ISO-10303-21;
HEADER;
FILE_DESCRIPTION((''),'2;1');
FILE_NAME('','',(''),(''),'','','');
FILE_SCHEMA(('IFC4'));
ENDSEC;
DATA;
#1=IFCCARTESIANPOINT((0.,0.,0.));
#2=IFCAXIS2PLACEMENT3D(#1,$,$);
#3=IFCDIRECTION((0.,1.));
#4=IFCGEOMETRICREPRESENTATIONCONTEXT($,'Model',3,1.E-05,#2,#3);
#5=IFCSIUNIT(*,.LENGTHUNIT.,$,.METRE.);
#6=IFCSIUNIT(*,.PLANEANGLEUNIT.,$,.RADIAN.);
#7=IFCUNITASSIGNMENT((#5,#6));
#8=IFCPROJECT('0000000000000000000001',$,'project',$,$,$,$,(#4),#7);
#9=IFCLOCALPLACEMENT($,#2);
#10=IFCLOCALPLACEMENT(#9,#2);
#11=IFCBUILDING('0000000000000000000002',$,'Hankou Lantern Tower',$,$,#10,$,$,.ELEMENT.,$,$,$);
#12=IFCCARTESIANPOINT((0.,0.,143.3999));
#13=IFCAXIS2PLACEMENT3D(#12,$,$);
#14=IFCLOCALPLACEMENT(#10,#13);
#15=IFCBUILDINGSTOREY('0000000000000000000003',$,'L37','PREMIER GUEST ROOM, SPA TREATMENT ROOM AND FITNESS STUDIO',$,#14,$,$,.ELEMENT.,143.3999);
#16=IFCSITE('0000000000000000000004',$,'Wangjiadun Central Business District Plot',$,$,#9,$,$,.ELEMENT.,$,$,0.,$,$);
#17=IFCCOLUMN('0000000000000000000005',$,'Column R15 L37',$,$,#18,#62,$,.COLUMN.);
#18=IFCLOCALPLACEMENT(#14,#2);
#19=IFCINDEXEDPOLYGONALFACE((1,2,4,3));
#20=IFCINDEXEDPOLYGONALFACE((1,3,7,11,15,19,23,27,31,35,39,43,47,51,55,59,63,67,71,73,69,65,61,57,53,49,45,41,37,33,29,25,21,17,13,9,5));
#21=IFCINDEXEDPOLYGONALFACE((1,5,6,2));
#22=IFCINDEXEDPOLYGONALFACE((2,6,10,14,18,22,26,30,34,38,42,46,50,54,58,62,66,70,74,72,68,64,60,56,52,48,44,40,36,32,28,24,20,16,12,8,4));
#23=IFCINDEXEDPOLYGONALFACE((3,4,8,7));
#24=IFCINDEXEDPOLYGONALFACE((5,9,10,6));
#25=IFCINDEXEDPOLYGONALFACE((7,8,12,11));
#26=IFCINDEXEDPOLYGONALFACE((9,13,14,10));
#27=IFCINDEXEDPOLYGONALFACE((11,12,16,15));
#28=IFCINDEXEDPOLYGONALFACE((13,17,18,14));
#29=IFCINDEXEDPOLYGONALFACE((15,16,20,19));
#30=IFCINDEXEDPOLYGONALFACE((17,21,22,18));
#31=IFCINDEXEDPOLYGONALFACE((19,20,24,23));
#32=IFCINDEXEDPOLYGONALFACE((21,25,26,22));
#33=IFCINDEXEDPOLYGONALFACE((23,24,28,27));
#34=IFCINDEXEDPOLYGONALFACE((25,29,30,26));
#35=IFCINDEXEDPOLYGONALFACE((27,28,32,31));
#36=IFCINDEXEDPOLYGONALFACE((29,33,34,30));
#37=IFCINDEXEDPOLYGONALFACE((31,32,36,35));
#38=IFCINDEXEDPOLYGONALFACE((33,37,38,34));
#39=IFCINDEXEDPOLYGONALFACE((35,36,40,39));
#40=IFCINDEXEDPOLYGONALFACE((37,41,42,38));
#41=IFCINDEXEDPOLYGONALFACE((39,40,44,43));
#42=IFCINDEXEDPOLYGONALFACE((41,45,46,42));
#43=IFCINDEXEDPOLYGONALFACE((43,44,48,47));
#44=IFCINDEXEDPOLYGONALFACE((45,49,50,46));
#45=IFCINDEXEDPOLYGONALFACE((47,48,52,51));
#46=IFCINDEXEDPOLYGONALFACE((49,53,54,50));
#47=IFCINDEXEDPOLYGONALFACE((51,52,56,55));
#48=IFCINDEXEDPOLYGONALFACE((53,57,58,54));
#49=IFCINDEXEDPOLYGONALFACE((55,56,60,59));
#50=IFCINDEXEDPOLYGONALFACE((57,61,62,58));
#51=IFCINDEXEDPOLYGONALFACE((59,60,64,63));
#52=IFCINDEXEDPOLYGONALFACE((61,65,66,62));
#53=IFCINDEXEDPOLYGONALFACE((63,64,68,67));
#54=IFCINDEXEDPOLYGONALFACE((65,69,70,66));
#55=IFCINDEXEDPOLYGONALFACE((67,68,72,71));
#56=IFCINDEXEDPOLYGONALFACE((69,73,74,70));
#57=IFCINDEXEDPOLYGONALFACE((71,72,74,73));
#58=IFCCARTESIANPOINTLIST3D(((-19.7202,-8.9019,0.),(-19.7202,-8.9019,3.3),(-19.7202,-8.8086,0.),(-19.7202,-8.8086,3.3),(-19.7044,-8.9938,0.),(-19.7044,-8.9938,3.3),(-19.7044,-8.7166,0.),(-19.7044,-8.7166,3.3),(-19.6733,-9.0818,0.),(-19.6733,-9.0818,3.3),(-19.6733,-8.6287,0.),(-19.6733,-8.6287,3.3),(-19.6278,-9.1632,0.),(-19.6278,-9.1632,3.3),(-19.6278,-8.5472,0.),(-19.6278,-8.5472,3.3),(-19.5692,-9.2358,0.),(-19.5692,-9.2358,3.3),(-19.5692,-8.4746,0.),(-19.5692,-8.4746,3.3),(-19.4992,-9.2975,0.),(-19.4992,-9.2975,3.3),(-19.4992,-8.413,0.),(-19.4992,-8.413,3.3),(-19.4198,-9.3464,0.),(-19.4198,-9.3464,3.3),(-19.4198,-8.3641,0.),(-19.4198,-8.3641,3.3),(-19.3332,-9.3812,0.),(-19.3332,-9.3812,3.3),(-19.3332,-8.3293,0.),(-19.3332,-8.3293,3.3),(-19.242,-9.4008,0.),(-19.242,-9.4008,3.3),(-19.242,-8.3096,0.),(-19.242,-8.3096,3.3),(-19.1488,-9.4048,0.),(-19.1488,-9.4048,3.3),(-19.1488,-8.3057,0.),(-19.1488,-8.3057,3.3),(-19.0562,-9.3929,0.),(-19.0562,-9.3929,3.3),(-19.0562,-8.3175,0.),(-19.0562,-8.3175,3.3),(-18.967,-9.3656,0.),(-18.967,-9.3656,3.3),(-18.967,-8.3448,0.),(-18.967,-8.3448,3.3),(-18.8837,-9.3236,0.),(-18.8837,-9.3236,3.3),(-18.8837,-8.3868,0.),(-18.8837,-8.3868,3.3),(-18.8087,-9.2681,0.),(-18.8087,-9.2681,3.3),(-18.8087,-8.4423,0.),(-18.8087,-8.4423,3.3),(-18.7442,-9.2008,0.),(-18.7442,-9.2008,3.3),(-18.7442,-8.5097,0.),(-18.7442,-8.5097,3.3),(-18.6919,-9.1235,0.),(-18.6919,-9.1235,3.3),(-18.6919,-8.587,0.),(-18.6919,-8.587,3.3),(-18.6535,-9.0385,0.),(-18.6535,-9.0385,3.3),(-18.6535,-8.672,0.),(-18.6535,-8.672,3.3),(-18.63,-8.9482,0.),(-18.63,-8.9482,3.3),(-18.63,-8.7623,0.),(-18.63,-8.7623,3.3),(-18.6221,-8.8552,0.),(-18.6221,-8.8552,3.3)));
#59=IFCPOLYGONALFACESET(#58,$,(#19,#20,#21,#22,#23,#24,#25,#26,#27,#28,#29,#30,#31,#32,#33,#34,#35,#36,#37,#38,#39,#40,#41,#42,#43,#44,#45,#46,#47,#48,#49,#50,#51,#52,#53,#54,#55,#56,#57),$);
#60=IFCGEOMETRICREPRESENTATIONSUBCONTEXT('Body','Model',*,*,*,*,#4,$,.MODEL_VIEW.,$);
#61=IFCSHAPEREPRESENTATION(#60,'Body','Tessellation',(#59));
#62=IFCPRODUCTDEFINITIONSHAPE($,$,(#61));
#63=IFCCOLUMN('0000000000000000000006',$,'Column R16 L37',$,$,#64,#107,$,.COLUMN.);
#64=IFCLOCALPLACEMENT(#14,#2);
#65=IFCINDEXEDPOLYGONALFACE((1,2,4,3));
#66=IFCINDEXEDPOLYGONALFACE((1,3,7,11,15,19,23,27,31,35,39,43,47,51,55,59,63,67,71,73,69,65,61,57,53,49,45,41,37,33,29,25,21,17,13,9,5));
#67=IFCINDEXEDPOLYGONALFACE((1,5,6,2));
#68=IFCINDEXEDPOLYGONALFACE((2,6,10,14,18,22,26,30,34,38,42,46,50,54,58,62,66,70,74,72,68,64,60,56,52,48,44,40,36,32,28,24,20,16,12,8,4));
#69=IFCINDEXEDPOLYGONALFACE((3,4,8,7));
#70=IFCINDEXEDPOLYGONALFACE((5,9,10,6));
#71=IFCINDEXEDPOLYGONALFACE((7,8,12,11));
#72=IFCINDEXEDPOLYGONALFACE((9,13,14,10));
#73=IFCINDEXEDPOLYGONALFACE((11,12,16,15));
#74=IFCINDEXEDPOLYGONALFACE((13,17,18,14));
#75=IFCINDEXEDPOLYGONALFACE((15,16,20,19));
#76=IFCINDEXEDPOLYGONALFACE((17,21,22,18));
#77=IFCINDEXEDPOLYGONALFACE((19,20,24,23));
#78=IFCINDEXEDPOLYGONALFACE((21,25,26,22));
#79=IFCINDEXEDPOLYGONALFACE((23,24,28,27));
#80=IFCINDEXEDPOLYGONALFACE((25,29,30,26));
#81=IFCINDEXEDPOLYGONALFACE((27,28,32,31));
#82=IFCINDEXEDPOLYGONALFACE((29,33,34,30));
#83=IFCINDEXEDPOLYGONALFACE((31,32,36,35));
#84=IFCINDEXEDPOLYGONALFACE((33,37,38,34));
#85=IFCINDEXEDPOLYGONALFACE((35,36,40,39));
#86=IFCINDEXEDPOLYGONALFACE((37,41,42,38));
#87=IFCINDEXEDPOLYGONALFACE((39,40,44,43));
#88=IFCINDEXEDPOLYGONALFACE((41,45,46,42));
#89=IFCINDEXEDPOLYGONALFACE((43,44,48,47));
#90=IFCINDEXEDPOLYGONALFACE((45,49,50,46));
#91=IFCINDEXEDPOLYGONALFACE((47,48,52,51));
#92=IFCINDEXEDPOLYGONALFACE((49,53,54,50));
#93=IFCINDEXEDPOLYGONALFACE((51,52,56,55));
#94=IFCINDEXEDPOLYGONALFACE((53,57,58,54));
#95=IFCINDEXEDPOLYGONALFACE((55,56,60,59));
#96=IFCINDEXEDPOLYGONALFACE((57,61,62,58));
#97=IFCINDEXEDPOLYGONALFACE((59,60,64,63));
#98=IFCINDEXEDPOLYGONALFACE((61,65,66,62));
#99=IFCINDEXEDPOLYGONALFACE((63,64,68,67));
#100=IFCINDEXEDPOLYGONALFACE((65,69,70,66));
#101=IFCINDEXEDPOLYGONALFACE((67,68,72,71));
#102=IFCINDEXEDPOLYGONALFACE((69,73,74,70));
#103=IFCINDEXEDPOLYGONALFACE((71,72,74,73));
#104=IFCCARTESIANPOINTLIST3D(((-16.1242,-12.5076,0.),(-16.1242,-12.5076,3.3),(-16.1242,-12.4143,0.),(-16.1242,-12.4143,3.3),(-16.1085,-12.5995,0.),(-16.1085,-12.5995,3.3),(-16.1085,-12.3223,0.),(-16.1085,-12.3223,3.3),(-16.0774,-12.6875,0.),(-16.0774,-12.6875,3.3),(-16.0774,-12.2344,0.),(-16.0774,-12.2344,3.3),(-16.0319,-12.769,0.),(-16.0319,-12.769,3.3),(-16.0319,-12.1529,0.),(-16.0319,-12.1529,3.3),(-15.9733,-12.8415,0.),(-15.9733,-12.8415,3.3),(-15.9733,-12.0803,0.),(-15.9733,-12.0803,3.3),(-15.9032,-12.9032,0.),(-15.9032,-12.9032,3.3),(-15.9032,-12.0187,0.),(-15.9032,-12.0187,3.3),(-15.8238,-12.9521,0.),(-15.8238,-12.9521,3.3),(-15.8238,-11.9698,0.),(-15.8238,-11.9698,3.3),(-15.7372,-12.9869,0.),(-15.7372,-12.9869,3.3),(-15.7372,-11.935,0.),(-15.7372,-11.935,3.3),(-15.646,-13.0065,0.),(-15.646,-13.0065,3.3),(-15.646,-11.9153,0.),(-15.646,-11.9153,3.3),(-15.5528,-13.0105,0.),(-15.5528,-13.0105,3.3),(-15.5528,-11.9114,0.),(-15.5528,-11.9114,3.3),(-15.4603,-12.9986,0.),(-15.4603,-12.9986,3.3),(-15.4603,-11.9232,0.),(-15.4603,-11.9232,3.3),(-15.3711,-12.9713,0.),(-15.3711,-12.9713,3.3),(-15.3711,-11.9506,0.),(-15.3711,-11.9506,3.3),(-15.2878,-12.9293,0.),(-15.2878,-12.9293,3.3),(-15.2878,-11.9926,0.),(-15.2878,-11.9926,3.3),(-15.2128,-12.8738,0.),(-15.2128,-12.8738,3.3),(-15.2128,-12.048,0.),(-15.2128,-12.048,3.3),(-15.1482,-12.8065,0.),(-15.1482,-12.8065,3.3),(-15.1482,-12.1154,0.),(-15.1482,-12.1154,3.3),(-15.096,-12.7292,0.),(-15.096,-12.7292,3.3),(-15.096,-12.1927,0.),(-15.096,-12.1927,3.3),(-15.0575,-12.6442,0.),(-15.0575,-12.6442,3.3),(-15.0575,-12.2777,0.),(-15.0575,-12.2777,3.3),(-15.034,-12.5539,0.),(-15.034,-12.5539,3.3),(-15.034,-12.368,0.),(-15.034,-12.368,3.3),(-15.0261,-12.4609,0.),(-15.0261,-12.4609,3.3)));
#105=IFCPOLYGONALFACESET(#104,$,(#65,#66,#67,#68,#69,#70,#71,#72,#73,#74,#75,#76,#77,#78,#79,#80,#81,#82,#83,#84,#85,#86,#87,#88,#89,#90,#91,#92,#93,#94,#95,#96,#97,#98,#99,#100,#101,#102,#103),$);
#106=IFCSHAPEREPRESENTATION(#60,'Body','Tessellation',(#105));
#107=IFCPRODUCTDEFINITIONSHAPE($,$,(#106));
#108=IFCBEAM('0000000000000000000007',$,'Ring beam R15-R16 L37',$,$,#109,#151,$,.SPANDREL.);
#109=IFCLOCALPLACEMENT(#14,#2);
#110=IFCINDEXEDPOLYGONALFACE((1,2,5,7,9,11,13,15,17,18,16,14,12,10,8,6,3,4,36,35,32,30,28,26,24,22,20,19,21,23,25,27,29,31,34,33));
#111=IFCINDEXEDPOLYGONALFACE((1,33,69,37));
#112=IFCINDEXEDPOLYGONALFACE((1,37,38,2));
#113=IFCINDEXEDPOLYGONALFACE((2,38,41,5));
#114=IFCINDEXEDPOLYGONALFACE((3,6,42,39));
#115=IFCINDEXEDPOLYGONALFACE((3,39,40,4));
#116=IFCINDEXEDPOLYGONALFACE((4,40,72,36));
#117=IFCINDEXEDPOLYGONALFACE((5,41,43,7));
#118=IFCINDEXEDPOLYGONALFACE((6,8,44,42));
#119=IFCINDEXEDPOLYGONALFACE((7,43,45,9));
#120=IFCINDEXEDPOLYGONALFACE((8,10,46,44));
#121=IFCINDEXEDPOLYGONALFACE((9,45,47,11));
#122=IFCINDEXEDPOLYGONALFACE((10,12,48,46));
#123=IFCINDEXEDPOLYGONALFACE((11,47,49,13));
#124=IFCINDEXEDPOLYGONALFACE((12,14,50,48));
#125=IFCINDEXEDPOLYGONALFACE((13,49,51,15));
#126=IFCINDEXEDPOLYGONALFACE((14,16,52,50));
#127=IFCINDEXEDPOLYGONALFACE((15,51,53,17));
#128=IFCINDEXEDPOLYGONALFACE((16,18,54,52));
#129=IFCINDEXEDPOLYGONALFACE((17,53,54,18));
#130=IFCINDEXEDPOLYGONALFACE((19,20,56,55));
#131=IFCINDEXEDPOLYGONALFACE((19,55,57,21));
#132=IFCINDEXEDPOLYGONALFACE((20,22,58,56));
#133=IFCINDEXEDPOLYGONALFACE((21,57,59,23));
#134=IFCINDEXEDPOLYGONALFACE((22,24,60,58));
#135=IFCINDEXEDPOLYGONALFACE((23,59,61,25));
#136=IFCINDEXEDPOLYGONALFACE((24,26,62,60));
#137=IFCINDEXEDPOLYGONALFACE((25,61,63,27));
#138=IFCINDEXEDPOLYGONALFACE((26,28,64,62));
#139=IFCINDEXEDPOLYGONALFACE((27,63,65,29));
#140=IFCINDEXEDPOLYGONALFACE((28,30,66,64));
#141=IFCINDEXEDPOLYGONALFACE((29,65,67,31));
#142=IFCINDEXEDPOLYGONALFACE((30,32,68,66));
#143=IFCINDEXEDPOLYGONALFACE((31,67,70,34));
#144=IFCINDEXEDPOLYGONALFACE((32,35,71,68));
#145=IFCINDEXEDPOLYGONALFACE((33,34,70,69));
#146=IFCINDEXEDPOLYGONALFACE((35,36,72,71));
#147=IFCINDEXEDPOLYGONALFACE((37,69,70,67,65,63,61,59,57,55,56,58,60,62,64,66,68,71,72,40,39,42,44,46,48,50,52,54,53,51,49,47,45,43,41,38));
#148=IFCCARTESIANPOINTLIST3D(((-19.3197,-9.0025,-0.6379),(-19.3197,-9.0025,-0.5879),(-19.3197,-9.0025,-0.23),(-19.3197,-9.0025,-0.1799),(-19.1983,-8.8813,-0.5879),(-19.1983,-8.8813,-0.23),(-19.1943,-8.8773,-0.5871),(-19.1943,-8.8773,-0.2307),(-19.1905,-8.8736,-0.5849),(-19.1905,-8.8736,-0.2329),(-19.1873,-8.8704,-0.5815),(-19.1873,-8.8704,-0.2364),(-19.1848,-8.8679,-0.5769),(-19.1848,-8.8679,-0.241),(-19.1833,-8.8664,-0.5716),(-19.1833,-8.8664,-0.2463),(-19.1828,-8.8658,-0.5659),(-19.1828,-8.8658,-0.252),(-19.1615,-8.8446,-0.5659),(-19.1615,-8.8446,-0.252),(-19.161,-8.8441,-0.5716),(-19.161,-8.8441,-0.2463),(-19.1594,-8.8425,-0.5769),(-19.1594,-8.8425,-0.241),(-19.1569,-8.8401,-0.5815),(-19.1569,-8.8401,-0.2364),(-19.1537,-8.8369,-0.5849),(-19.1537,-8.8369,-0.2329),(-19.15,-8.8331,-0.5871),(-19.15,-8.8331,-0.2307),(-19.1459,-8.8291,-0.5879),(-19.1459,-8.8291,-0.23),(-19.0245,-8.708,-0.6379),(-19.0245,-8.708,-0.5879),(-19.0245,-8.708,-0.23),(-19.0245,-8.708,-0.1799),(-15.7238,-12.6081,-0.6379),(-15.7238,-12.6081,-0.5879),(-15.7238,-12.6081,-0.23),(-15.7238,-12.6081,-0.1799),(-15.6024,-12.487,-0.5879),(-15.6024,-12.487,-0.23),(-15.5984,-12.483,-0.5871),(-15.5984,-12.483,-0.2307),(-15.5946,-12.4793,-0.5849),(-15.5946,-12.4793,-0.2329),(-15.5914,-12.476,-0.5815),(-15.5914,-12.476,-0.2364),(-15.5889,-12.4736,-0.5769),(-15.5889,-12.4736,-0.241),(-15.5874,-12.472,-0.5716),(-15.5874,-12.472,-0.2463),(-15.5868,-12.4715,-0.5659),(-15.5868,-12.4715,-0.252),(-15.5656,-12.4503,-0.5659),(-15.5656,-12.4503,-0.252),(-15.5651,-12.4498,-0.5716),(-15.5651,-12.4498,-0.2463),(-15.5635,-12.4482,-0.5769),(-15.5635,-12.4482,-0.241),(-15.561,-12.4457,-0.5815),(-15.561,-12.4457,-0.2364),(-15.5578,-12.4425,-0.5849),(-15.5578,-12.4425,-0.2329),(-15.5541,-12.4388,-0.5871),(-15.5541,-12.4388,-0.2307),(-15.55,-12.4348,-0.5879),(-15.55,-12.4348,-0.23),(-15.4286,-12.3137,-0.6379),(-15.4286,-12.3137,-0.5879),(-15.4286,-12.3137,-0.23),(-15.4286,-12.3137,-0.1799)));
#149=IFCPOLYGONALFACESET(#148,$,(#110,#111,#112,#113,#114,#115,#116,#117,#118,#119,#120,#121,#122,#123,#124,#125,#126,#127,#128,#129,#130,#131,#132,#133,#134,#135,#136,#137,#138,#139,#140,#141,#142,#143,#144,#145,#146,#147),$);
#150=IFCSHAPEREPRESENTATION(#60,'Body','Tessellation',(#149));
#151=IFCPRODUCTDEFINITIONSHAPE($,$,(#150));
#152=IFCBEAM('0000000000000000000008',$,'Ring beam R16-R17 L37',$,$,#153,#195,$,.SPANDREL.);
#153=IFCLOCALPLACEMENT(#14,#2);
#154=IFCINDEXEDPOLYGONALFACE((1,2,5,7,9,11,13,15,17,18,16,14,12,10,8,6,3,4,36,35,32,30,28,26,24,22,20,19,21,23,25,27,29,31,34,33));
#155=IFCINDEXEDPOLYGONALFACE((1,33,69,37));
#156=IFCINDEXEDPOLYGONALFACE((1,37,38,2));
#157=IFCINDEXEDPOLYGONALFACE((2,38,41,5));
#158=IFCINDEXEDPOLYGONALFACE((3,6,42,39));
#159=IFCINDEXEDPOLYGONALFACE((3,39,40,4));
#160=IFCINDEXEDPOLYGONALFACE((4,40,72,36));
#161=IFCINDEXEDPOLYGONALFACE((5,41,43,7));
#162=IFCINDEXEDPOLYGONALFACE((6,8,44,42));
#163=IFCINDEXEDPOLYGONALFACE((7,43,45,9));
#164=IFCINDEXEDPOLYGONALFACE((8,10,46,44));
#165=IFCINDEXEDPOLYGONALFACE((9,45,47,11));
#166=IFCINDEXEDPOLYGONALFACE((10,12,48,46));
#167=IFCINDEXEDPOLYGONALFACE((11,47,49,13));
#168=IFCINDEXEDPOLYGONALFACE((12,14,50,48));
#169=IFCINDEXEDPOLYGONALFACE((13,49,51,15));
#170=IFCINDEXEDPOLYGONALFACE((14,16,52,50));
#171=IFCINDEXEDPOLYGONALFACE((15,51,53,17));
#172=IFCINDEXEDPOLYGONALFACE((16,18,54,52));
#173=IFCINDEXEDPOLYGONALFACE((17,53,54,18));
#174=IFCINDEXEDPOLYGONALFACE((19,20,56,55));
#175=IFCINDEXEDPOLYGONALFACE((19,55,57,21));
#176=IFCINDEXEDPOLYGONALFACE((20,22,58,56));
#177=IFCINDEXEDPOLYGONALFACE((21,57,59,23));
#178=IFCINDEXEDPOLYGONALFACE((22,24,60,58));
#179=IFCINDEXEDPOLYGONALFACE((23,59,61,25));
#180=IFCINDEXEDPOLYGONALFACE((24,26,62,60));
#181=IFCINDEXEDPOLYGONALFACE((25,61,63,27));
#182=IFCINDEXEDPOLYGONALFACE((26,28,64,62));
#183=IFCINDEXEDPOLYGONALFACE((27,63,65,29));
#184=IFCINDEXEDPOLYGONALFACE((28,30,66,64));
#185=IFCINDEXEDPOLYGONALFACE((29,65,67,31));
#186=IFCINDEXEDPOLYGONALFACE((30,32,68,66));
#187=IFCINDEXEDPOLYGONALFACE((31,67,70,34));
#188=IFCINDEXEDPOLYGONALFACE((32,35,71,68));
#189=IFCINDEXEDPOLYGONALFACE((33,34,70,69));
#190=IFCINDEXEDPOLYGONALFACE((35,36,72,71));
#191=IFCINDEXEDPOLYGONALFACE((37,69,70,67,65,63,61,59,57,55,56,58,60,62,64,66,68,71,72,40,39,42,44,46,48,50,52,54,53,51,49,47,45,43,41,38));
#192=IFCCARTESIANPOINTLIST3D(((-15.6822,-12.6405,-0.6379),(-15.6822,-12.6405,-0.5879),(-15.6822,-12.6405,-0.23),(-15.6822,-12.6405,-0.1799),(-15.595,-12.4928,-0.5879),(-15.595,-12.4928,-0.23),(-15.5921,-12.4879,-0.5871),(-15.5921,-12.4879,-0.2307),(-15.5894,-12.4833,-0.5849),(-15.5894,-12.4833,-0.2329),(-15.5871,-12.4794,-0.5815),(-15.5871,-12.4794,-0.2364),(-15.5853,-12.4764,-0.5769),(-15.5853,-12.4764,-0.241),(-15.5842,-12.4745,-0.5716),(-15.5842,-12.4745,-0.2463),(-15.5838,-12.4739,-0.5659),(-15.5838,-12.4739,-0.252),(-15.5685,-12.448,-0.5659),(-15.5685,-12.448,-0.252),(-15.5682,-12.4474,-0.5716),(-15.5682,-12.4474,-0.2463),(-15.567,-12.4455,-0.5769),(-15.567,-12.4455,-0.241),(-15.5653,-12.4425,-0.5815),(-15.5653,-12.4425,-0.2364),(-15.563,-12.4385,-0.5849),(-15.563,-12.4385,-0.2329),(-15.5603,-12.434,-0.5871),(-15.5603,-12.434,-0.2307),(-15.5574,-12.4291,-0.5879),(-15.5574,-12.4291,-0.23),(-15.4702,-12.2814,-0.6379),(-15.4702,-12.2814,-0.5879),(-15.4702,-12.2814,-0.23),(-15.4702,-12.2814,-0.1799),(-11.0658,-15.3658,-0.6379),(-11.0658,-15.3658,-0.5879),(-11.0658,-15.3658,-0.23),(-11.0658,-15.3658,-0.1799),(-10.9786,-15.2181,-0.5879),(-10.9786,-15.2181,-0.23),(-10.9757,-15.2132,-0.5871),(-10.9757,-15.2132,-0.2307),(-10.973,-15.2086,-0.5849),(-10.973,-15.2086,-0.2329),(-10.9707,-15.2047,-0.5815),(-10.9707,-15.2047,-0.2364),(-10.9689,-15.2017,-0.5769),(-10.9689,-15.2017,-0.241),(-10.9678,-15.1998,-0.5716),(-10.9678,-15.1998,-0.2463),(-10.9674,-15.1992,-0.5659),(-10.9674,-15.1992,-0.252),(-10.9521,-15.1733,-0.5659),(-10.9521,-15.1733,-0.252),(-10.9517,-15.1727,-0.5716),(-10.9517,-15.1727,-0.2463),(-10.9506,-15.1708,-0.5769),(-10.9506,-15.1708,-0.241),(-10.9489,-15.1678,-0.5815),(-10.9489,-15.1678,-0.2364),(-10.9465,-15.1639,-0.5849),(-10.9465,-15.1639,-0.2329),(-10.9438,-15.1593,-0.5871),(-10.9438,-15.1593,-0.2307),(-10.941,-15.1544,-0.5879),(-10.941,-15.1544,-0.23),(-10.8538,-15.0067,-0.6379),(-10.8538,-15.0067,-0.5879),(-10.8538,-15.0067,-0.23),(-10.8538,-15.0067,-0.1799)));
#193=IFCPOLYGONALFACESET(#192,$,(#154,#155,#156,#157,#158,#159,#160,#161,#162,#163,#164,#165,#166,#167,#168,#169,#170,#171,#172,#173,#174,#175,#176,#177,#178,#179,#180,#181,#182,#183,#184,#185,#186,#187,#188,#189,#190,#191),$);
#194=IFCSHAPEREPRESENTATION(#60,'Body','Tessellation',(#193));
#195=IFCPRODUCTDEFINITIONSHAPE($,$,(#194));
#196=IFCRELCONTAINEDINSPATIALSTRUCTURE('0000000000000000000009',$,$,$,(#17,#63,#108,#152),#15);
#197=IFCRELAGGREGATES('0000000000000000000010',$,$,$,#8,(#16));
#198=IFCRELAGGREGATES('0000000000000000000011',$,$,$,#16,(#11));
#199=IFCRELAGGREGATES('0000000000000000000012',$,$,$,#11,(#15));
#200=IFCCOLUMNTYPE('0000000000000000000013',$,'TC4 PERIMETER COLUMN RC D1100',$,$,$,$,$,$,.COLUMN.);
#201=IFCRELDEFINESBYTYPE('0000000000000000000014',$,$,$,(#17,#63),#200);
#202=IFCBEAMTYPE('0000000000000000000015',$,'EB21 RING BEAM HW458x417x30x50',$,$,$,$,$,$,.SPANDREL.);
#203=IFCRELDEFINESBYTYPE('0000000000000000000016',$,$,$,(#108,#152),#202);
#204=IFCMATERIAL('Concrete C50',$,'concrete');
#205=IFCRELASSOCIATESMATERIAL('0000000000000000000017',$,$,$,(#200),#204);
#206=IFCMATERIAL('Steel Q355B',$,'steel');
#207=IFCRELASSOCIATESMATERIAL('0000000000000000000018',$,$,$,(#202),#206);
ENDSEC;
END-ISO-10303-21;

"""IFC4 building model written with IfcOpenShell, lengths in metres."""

from ifc_helpers import new_model, si_unit, direction, frame, origin, origin_2d, place, context, subcontext, project, spatial, circle, i_section, extrude, material, material_profile, profile_set, type_object, element, save


model = new_model("IFC4")

# Units and contexts
model_context = context("Model", 3, precision=1e-05, world=origin(), true_north=direction((0.0, 1.0)))
body_context = subcontext(model_context, "Body", "Model", "MODEL_VIEW")
ifc_project = project(units=[si_unit("LENGTHUNIT", "METRE"), si_unit("PLANEANGLEUNIT", "RADIAN")], contexts=[model_context])

# Site, building, storey
site_placement = place(None, origin())
site = spatial("IfcSite", under=ifc_project, at=site_placement, Name="Wangjiadun Central Business District Plot", CompositionType="ELEMENT", RefElevation=0.0)
building_placement = place(site_placement, origin())
building = spatial("IfcBuilding", under=site, at=building_placement, Name="Hankou Lantern Tower", CompositionType="ELEMENT")
storey_placement = place(building_placement, frame((0.0, 0.0, 143.3999)))
storey = spatial("IfcBuildingStorey", under=building, at=storey_placement, Name="L37", Description="PREMIER GUEST ROOM, SPA TREATMENT ROOM AND FITNESS STUDIO", CompositionType="ELEMENT", Elevation=143.3999)

# Columns
ifc_material_1 = material(Name="Concrete C50", Category="concrete")
ifc_material_profile_1 = material_profile(ifc_material_1, circle(Radius=0.55, at=origin_2d()), Name="RC D1100")
ifc_profile_set_1 = profile_set([ifc_material_profile_1], Name="Concrete C50")
column_type = type_object("IfcColumnType", Name="TC4 PERIMETER COLUMN RC D1100", PredefinedType="COLUMN", material=ifc_profile_set_1)
for number, where, z_axis, x_axis, name in (
    (1, (-19.1721, -8.8552, 0.0), (0.0, 0.0, 1.0), (1.0, 0.0, 0.0), "Column R15 L37"),
    (2, (-15.5762, -12.4609, 0.0), (0.0, 0.0, 1.0), (1.0, 0.0, 0.0), "Column R16 L37"),
):
    element("IfcColumn", number, at=place(storey_placement, frame(where, z_axis=z_axis, x_axis=x_axis)), inside=storey, type_object=column_type, Name=name, PredefinedType="COLUMN", context=body_context, shape_type="SweptSolid", body=[
        extrude(circle(Radius=0.55, at=origin_2d()), origin(), (0.0, 0.0, 1.0), 3.3),
    ])

# Beams
ifc_material_2 = material(Name="Steel Q355B", Category="steel")
ifc_material_profile_2 = material_profile(ifc_material_2, i_section(OverallWidth=0.417, OverallDepth=0.458, WebThickness=0.03, FlangeThickness=0.05, FilletRadius=0.022, at=origin_2d()), Name="HW458x417x30x50")
ifc_profile_set_2 = profile_set([ifc_material_profile_2], Name="Steel Q355B")
beam_type_1 = type_object("IfcBeamType", Name="EB21 RING BEAM HW458x417x30x50", PredefinedType="SPANDREL", material=ifc_profile_set_2)
beam_1_placement = place(storey_placement, frame((-19.1721, -8.8552, -0.4089), z_axis=(0.706147, -0.708065, 0.0), x_axis=(0.708065, 0.706147, 0.0)))
element("IfcBeam", 3, at=beam_1_placement, inside=storey, type_object=beam_type_1, Name="Ring beam R15-R16 L37", PredefinedType="SPANDREL", context=body_context, shape_type="SweptSolid", body=[
    extrude(i_section(OverallWidth=0.417, OverallDepth=0.458, WebThickness=0.03, FlangeThickness=0.05, FilletRadius=0.022, at=origin_2d()), origin(), (0.0, 0.0, 1.0), 5.0923),
])
beam_2_placement = place(storey_placement, frame((-15.5762, -12.4609, -0.4089), z_axis=(0.861136, -0.508375, 0.0), x_axis=(0.508375, 0.861136, 0.0)))
element("IfcBeam", 4, at=beam_2_placement, inside=storey, type_object=beam_type_1, Name="Ring beam R16-R17 L37", PredefinedType="SPANDREL", context=body_context, shape_type="SweptSolid", body=[
    extrude(i_section(OverallWidth=0.417, OverallDepth=0.458, WebThickness=0.03, FlangeThickness=0.05, FilletRadius=0.022, at=origin_2d()), origin(), (0.0, 0.0, 1.0), 5.3608),
])

save(model, "model.ifc")
